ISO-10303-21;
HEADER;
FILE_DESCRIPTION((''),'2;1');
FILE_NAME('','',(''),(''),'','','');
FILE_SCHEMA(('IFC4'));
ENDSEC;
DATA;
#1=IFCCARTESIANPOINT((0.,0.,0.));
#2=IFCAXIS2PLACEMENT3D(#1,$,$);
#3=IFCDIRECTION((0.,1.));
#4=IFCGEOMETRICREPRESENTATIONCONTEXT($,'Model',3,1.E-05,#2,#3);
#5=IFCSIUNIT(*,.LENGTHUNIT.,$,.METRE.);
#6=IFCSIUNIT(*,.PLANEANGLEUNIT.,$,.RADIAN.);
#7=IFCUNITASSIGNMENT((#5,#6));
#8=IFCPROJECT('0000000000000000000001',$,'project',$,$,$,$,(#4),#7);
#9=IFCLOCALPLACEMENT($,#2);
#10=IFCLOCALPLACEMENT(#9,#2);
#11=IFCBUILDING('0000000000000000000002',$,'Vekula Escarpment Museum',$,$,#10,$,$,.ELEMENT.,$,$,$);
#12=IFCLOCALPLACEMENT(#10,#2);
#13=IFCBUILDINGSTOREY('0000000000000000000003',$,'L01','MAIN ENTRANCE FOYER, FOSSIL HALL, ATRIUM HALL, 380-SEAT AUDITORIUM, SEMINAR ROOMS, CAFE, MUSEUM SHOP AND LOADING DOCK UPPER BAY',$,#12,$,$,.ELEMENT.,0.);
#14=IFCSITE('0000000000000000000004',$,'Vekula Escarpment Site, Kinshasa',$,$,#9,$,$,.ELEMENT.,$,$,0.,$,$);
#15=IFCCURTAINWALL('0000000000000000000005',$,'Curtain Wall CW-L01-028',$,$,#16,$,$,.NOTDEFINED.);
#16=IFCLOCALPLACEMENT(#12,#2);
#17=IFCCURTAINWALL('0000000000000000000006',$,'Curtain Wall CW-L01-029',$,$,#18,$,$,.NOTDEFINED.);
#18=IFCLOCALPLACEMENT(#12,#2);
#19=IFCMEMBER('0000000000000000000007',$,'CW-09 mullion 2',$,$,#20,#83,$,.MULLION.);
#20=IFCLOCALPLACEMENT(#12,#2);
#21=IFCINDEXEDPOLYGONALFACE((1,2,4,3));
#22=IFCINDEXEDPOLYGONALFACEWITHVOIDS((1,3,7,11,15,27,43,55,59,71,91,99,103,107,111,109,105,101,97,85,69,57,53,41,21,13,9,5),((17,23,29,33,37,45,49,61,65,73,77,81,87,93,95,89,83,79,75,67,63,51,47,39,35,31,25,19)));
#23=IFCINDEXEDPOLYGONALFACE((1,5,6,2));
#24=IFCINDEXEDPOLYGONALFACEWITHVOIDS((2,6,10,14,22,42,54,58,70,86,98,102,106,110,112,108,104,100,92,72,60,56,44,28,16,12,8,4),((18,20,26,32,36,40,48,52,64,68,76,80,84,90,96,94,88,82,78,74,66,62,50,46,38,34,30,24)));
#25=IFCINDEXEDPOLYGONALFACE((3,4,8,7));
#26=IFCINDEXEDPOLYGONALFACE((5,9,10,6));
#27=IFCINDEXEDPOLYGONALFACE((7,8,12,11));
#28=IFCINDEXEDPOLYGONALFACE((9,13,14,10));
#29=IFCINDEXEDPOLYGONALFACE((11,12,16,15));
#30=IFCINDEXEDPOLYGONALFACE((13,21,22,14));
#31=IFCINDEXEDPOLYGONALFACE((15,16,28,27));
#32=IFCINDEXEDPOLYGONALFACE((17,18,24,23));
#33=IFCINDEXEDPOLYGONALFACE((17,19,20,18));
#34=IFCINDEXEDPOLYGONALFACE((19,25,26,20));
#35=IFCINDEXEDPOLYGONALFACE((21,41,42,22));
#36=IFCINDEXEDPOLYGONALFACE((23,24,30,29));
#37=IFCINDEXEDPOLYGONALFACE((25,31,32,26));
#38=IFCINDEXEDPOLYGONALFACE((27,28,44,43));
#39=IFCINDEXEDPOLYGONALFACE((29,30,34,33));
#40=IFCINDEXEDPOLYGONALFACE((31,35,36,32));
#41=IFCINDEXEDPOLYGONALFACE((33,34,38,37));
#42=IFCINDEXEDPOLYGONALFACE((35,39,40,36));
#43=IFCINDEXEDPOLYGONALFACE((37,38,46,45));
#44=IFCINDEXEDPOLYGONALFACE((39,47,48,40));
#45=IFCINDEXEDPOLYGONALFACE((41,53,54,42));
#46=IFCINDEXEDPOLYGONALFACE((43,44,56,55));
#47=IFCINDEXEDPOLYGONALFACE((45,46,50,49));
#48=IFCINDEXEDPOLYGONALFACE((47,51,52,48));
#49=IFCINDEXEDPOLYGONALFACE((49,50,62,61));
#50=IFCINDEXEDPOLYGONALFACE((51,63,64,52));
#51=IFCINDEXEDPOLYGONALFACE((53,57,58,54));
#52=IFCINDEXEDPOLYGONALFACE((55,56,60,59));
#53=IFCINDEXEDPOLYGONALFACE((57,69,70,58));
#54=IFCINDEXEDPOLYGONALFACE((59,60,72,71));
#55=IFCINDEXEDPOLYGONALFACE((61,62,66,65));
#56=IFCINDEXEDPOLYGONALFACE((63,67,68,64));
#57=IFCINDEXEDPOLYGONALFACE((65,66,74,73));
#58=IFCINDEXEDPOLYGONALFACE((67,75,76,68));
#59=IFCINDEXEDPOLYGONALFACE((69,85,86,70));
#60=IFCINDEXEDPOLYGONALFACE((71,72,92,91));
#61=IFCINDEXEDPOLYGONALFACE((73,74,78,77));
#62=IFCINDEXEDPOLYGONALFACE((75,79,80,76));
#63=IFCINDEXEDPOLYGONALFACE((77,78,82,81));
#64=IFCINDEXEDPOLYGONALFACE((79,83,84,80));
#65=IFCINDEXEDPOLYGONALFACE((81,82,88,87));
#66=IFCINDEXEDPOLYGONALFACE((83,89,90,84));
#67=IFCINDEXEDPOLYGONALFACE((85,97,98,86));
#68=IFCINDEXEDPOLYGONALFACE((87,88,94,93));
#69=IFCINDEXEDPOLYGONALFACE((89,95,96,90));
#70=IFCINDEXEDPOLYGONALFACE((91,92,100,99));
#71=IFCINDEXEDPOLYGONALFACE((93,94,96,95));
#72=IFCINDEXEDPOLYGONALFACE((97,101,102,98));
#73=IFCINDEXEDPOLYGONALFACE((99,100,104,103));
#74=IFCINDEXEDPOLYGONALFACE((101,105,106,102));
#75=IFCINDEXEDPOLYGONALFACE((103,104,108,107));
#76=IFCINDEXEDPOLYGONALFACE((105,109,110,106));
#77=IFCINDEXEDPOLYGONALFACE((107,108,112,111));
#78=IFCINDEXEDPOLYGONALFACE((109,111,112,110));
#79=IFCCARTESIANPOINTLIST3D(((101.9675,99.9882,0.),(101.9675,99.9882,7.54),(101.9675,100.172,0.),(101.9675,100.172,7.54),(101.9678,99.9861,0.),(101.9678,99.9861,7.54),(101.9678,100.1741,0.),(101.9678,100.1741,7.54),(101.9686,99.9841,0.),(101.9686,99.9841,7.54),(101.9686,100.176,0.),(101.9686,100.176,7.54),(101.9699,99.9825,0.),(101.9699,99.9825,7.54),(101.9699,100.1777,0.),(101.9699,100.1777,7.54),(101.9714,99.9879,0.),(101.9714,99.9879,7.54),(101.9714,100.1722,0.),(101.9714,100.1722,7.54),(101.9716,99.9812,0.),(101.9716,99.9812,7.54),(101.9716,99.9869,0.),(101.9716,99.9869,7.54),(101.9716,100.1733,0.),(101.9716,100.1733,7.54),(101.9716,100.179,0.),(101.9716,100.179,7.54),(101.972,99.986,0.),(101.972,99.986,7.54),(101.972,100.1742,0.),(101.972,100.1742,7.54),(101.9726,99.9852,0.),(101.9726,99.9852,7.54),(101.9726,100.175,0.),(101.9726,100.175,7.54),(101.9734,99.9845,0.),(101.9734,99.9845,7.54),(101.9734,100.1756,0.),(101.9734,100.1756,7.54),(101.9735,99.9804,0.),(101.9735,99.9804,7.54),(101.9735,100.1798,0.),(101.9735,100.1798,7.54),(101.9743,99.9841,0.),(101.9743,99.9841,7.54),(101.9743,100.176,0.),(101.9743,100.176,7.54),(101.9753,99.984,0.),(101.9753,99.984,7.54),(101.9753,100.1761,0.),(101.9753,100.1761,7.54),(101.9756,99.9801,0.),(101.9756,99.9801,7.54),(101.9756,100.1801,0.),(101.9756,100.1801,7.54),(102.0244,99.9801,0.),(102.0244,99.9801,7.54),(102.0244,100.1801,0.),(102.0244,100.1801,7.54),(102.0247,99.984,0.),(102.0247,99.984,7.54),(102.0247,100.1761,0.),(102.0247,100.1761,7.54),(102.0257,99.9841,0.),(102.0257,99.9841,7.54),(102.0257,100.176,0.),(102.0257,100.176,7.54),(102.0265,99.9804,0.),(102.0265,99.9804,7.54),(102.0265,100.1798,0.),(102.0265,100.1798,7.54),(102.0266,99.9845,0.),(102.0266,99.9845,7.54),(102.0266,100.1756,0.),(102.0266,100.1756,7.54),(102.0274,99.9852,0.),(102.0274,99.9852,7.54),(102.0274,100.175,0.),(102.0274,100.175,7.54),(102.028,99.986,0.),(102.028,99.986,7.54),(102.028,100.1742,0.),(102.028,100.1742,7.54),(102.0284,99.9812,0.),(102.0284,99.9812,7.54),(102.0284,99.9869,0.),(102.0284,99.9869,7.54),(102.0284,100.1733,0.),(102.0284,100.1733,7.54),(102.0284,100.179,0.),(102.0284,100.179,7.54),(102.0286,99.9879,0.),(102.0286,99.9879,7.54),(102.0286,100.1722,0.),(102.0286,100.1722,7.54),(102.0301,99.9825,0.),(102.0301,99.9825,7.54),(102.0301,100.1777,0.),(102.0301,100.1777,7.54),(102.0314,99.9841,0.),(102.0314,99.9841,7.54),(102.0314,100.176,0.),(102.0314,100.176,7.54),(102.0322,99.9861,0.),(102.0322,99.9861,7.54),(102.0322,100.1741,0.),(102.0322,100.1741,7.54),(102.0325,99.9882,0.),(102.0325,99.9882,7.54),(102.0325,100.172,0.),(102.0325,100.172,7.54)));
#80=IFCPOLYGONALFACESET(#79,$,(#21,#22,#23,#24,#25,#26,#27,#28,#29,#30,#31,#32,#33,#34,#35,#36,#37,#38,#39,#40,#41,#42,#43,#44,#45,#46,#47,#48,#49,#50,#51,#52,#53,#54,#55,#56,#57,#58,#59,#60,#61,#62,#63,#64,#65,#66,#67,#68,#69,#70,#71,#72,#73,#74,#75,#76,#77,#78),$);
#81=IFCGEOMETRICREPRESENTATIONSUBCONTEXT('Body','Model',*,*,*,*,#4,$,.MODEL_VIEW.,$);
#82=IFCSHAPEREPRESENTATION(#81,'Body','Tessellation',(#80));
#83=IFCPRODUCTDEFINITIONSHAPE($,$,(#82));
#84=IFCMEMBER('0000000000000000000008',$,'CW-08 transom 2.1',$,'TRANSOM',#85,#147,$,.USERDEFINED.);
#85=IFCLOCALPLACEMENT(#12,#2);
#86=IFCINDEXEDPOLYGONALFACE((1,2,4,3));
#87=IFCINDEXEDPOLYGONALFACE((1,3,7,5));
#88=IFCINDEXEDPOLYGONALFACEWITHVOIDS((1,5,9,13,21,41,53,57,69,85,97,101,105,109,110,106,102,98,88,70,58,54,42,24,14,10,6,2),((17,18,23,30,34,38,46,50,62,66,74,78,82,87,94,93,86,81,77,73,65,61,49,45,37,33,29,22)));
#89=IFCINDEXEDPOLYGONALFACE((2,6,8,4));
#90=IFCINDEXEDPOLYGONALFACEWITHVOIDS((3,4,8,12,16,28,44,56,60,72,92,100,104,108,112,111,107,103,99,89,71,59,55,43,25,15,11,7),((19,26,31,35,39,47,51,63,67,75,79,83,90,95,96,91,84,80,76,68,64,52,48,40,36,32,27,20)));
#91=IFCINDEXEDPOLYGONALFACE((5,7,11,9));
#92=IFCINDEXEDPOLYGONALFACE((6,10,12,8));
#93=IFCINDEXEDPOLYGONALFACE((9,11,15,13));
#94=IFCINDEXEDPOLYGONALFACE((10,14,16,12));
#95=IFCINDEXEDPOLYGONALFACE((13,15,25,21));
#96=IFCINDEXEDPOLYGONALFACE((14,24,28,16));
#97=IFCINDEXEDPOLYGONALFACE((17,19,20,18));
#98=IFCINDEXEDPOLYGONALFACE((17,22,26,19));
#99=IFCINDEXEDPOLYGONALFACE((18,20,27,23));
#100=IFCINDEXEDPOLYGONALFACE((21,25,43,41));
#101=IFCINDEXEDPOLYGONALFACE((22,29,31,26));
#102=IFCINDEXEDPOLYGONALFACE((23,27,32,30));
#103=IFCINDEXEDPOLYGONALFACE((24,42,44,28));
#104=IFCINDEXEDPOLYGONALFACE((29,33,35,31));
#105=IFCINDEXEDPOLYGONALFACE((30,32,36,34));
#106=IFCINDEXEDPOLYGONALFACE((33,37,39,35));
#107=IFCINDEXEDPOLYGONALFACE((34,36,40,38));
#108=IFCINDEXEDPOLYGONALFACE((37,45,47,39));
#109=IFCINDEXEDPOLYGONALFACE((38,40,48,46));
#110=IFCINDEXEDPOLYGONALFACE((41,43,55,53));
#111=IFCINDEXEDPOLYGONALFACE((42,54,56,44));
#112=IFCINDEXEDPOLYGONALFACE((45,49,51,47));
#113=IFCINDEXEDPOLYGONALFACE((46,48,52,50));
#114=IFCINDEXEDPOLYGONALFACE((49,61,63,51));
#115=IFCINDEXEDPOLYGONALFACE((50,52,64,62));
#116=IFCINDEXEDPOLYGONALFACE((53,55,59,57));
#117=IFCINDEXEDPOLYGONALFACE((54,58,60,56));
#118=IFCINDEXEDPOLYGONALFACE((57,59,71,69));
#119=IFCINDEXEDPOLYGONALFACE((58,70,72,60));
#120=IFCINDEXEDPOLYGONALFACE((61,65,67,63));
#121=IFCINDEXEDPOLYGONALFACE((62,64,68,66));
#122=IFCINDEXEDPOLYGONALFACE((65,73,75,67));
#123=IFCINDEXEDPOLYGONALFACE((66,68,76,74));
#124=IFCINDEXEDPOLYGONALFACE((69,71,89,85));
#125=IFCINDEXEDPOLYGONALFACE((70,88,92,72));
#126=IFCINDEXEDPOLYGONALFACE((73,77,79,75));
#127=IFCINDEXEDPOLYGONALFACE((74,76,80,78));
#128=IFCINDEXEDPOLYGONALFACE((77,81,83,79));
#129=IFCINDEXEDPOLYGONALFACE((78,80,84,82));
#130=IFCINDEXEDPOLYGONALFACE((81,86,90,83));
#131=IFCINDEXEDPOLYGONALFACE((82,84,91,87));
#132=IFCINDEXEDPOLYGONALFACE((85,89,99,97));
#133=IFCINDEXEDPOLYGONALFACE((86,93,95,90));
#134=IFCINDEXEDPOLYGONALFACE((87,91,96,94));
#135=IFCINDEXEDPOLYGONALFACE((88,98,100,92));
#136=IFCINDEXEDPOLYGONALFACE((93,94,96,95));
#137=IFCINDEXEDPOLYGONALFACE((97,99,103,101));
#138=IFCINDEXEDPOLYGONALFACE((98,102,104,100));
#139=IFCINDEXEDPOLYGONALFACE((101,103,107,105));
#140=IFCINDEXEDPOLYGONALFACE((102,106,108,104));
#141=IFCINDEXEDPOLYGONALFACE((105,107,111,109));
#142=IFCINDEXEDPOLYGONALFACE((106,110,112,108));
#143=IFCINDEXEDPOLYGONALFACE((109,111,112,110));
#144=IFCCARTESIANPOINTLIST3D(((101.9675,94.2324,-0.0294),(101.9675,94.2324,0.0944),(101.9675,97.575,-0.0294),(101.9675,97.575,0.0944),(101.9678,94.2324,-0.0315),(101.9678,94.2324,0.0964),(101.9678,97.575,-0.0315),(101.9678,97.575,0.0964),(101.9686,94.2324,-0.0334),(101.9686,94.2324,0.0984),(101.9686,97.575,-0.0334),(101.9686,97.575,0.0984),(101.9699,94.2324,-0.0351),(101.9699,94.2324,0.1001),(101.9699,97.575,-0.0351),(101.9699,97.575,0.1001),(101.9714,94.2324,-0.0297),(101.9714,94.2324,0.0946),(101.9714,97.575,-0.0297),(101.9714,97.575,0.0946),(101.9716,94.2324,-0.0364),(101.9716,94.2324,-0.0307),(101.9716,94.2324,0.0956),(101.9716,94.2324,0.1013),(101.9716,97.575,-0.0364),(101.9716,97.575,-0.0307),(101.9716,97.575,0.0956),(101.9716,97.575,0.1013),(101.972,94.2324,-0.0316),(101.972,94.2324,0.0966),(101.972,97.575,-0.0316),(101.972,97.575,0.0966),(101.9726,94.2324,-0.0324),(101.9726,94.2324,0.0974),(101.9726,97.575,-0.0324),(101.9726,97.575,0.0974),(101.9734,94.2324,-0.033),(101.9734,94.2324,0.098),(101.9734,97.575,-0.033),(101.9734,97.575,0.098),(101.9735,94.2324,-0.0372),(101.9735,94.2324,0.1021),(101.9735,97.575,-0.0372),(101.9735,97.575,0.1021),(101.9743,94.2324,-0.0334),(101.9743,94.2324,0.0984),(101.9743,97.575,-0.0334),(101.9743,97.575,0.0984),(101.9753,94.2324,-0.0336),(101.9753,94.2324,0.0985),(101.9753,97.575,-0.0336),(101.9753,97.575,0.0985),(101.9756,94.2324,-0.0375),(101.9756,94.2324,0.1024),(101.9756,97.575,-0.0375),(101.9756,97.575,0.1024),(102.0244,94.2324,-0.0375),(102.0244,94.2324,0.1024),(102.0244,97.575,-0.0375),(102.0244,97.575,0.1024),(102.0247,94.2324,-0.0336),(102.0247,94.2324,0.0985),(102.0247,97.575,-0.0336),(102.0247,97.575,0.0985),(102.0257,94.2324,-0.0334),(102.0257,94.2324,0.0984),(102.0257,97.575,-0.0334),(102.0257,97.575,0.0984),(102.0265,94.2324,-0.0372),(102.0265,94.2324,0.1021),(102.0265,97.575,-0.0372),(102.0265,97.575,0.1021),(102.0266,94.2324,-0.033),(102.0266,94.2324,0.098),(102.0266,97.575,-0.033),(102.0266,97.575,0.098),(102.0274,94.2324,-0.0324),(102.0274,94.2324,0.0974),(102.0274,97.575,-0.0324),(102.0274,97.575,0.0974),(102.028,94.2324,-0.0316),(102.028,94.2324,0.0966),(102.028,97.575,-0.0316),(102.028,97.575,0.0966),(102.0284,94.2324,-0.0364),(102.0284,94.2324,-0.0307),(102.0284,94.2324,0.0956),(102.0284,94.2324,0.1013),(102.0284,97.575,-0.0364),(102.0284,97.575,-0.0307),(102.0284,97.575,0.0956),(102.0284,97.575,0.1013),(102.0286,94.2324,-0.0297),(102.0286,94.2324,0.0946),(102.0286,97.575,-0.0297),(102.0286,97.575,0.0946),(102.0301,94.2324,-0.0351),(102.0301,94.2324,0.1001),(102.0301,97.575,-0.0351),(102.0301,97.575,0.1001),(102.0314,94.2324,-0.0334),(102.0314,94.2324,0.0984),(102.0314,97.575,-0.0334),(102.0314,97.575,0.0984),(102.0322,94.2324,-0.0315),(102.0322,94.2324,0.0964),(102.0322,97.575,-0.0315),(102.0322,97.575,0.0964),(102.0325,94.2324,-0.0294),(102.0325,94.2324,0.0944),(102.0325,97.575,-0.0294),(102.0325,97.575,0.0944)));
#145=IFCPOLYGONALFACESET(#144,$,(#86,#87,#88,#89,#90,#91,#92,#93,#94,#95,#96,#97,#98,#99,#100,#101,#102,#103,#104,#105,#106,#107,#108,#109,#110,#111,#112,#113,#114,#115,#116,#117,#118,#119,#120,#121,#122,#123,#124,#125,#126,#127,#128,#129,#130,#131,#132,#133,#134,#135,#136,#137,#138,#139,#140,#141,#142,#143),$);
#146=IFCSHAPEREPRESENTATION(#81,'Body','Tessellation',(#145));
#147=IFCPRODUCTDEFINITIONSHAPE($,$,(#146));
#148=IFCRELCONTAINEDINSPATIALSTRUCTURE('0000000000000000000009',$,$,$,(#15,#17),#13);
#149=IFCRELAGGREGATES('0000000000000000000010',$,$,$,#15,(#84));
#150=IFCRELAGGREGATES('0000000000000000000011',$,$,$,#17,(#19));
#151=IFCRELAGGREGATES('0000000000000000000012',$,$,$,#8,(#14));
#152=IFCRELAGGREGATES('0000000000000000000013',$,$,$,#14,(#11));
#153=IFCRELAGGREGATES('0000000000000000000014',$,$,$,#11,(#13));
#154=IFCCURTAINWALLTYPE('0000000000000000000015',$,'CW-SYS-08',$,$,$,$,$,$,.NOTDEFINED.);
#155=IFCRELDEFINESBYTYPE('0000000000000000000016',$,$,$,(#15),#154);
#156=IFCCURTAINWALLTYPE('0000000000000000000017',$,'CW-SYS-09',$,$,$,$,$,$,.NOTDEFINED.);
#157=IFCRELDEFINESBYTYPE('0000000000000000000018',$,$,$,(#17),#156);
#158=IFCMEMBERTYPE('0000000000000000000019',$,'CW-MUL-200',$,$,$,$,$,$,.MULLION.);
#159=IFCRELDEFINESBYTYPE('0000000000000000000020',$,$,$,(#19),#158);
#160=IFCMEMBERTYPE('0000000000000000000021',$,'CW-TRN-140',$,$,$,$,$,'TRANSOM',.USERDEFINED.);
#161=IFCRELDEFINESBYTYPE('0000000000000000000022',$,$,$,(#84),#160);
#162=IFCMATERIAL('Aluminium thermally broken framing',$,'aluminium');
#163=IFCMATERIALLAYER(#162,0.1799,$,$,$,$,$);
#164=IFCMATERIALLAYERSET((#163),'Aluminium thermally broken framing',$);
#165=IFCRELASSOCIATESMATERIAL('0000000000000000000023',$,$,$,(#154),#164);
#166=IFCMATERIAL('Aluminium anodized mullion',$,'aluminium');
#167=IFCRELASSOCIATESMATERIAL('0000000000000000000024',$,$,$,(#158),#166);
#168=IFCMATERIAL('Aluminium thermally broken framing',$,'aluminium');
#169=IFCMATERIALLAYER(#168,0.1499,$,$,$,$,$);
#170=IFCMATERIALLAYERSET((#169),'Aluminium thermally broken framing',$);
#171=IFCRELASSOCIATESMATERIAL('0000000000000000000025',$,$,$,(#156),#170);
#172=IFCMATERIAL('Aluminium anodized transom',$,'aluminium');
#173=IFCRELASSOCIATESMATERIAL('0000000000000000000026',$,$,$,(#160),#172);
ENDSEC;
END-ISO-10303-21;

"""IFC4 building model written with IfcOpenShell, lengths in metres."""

from ifc_helpers import new_model, si_unit, direction, frame, origin, origin_2d, place, context, subcontext, project, spatial, hollow_rectangle, extrude, material, layer, layer_set, material_profile, profile_set, type_object, element, aggregate, save


model = new_model("IFC4")

# Units and contexts
model_context = context("Model", 3, precision=1e-05, world=origin(), true_north=direction((0.0, 1.0)))
body_context = subcontext(model_context, "Body", "Model", "MODEL_VIEW")
ifc_project = project(units=[si_unit("LENGTHUNIT", "METRE"), si_unit("PLANEANGLEUNIT", "RADIAN")], contexts=[model_context])

# Site, building, storey
site_placement = place(None, origin())
site = spatial("IfcSite", under=ifc_project, at=site_placement, Name="Vekula Escarpment Site, Kinshasa", CompositionType="ELEMENT", RefElevation=0.0)
building_placement = place(site_placement, origin())
building = spatial("IfcBuilding", under=site, at=building_placement, Name="Vekula Escarpment Museum", CompositionType="ELEMENT")
storey_placement = place(building_placement, origin())
storey = spatial("IfcBuildingStorey", under=building, at=storey_placement, Name="L01", Description="MAIN ENTRANCE FOYER, FOSSIL HALL, ATRIUM HALL, 380-SEAT AUDITORIUM, SEMINAR ROOMS, CAFE, MUSEUM SHOP AND LOADING DOCK UPPER BAY", CompositionType="ELEMENT", Elevation=0.0)

# Curtain walls, member
ifc_material_1 = material(Name="Aluminium thermally broken framing", Category="aluminium")
ifc_layer_1 = layer(ifc_material_1, 0.1799)
ifc_layer_set_1 = layer_set([ifc_layer_1], Name="Aluminium thermally broken framing")
curtain_wall_type_1 = type_object("IfcCurtainWallType", Name="CW-SYS-08", PredefinedType="NOTDEFINED", material=ifc_layer_set_1)
curtain_wall_1_placement = place(storey_placement, origin())
curtain_wall_1 = element("IfcCurtainWall", 1, at=curtain_wall_1_placement, inside=storey, type_object=curtain_wall_type_1, Name="Curtain Wall CW-L01-028", PredefinedType="NOTDEFINED")
ifc_material_2 = material(Name="Aluminium anodized mullion", Category="aluminium")
ifc_material_profile_1 = material_profile(ifc_material_2, hollow_rectangle(XDim=0.0649, YDim=0.2, WallThickness=0.0039, InnerFilletRadius=0.0039, OuterFilletRadius=0.0081, at=origin_2d()), Name="ALU 200x65x4")
ifc_profile_set_1 = profile_set([ifc_material_profile_1], Name="Aluminium anodized mullion")
member_type_1 = type_object("IfcMemberType", Name="CW-MUL-200", PredefinedType="MULLION", material=ifc_profile_set_1)
ifc_material_3 = material(Name="Aluminium thermally broken framing", Category="aluminium")
ifc_layer_2 = layer(ifc_material_3, 0.1499)
ifc_layer_set_2 = layer_set([ifc_layer_2], Name="Aluminium thermally broken framing")
curtain_wall_type_2 = type_object("IfcCurtainWallType", Name="CW-SYS-09", PredefinedType="NOTDEFINED", material=ifc_layer_set_2)
curtain_wall_2_placement = place(storey_placement, origin())
curtain_wall_2 = element("IfcCurtainWall", 2, at=curtain_wall_2_placement, inside=storey, type_object=curtain_wall_type_2, Name="Curtain Wall CW-L01-029", PredefinedType="NOTDEFINED")
member_1_placement = place(storey_placement, frame((102.0, 100.0801, 0.0), z_axis=(0.0, 0.0, 1.0), x_axis=(-1.0, 0.0, 0.0)))
member_1 = element("IfcMember", 3, at=member_1_placement, type_object=member_type_1, Name="CW-09 mullion 2", PredefinedType="MULLION", context=body_context, shape_type="SweptSolid", body=[
    extrude(hollow_rectangle(XDim=0.0649, YDim=0.2, WallThickness=0.0039, InnerFilletRadius=0.0039, OuterFilletRadius=0.0081, at=origin_2d()), origin(), (0.0, 0.0, 1.0), 7.54),
])

# Member
ifc_material_4 = material(Name="Aluminium anodized transom", Category="aluminium")
ifc_material_profile_2 = material_profile(ifc_material_4, hollow_rectangle(XDim=0.0649, YDim=0.1399, WallThickness=0.0039, InnerFilletRadius=0.0039, OuterFilletRadius=0.0081, at=origin_2d()), Name="ALU 140x65x4")
ifc_profile_set_2 = profile_set([ifc_material_profile_2], Name="Aluminium anodized transom")
member_type_2 = type_object("IfcMemberType", Name="CW-TRN-140", ElementType="TRANSOM", PredefinedType="USERDEFINED", material=ifc_profile_set_2)
member_2_placement = place(storey_placement, frame((102.0, 94.2324, 0.0325), z_axis=(0.0, 1.0, 0.0), x_axis=(-1.0, 0.0, 0.0)))
member_2 = element("IfcMember", 4, at=member_2_placement, type_object=member_type_2, Name="CW-08 transom 2.1", ObjectType="TRANSOM", PredefinedType="USERDEFINED", context=body_context, shape_type="SweptSolid", body=[
    extrude(hollow_rectangle(XDim=0.0649, YDim=0.1399, WallThickness=0.0039, InnerFilletRadius=0.0039, OuterFilletRadius=0.0081, at=origin_2d()), origin(), (0.0, 0.0, 1.0), 3.3425),
])

aggregate(curtain_wall_1, [member_2])
aggregate(curtain_wall_2, [member_1])

save(model, "model.ifc")
